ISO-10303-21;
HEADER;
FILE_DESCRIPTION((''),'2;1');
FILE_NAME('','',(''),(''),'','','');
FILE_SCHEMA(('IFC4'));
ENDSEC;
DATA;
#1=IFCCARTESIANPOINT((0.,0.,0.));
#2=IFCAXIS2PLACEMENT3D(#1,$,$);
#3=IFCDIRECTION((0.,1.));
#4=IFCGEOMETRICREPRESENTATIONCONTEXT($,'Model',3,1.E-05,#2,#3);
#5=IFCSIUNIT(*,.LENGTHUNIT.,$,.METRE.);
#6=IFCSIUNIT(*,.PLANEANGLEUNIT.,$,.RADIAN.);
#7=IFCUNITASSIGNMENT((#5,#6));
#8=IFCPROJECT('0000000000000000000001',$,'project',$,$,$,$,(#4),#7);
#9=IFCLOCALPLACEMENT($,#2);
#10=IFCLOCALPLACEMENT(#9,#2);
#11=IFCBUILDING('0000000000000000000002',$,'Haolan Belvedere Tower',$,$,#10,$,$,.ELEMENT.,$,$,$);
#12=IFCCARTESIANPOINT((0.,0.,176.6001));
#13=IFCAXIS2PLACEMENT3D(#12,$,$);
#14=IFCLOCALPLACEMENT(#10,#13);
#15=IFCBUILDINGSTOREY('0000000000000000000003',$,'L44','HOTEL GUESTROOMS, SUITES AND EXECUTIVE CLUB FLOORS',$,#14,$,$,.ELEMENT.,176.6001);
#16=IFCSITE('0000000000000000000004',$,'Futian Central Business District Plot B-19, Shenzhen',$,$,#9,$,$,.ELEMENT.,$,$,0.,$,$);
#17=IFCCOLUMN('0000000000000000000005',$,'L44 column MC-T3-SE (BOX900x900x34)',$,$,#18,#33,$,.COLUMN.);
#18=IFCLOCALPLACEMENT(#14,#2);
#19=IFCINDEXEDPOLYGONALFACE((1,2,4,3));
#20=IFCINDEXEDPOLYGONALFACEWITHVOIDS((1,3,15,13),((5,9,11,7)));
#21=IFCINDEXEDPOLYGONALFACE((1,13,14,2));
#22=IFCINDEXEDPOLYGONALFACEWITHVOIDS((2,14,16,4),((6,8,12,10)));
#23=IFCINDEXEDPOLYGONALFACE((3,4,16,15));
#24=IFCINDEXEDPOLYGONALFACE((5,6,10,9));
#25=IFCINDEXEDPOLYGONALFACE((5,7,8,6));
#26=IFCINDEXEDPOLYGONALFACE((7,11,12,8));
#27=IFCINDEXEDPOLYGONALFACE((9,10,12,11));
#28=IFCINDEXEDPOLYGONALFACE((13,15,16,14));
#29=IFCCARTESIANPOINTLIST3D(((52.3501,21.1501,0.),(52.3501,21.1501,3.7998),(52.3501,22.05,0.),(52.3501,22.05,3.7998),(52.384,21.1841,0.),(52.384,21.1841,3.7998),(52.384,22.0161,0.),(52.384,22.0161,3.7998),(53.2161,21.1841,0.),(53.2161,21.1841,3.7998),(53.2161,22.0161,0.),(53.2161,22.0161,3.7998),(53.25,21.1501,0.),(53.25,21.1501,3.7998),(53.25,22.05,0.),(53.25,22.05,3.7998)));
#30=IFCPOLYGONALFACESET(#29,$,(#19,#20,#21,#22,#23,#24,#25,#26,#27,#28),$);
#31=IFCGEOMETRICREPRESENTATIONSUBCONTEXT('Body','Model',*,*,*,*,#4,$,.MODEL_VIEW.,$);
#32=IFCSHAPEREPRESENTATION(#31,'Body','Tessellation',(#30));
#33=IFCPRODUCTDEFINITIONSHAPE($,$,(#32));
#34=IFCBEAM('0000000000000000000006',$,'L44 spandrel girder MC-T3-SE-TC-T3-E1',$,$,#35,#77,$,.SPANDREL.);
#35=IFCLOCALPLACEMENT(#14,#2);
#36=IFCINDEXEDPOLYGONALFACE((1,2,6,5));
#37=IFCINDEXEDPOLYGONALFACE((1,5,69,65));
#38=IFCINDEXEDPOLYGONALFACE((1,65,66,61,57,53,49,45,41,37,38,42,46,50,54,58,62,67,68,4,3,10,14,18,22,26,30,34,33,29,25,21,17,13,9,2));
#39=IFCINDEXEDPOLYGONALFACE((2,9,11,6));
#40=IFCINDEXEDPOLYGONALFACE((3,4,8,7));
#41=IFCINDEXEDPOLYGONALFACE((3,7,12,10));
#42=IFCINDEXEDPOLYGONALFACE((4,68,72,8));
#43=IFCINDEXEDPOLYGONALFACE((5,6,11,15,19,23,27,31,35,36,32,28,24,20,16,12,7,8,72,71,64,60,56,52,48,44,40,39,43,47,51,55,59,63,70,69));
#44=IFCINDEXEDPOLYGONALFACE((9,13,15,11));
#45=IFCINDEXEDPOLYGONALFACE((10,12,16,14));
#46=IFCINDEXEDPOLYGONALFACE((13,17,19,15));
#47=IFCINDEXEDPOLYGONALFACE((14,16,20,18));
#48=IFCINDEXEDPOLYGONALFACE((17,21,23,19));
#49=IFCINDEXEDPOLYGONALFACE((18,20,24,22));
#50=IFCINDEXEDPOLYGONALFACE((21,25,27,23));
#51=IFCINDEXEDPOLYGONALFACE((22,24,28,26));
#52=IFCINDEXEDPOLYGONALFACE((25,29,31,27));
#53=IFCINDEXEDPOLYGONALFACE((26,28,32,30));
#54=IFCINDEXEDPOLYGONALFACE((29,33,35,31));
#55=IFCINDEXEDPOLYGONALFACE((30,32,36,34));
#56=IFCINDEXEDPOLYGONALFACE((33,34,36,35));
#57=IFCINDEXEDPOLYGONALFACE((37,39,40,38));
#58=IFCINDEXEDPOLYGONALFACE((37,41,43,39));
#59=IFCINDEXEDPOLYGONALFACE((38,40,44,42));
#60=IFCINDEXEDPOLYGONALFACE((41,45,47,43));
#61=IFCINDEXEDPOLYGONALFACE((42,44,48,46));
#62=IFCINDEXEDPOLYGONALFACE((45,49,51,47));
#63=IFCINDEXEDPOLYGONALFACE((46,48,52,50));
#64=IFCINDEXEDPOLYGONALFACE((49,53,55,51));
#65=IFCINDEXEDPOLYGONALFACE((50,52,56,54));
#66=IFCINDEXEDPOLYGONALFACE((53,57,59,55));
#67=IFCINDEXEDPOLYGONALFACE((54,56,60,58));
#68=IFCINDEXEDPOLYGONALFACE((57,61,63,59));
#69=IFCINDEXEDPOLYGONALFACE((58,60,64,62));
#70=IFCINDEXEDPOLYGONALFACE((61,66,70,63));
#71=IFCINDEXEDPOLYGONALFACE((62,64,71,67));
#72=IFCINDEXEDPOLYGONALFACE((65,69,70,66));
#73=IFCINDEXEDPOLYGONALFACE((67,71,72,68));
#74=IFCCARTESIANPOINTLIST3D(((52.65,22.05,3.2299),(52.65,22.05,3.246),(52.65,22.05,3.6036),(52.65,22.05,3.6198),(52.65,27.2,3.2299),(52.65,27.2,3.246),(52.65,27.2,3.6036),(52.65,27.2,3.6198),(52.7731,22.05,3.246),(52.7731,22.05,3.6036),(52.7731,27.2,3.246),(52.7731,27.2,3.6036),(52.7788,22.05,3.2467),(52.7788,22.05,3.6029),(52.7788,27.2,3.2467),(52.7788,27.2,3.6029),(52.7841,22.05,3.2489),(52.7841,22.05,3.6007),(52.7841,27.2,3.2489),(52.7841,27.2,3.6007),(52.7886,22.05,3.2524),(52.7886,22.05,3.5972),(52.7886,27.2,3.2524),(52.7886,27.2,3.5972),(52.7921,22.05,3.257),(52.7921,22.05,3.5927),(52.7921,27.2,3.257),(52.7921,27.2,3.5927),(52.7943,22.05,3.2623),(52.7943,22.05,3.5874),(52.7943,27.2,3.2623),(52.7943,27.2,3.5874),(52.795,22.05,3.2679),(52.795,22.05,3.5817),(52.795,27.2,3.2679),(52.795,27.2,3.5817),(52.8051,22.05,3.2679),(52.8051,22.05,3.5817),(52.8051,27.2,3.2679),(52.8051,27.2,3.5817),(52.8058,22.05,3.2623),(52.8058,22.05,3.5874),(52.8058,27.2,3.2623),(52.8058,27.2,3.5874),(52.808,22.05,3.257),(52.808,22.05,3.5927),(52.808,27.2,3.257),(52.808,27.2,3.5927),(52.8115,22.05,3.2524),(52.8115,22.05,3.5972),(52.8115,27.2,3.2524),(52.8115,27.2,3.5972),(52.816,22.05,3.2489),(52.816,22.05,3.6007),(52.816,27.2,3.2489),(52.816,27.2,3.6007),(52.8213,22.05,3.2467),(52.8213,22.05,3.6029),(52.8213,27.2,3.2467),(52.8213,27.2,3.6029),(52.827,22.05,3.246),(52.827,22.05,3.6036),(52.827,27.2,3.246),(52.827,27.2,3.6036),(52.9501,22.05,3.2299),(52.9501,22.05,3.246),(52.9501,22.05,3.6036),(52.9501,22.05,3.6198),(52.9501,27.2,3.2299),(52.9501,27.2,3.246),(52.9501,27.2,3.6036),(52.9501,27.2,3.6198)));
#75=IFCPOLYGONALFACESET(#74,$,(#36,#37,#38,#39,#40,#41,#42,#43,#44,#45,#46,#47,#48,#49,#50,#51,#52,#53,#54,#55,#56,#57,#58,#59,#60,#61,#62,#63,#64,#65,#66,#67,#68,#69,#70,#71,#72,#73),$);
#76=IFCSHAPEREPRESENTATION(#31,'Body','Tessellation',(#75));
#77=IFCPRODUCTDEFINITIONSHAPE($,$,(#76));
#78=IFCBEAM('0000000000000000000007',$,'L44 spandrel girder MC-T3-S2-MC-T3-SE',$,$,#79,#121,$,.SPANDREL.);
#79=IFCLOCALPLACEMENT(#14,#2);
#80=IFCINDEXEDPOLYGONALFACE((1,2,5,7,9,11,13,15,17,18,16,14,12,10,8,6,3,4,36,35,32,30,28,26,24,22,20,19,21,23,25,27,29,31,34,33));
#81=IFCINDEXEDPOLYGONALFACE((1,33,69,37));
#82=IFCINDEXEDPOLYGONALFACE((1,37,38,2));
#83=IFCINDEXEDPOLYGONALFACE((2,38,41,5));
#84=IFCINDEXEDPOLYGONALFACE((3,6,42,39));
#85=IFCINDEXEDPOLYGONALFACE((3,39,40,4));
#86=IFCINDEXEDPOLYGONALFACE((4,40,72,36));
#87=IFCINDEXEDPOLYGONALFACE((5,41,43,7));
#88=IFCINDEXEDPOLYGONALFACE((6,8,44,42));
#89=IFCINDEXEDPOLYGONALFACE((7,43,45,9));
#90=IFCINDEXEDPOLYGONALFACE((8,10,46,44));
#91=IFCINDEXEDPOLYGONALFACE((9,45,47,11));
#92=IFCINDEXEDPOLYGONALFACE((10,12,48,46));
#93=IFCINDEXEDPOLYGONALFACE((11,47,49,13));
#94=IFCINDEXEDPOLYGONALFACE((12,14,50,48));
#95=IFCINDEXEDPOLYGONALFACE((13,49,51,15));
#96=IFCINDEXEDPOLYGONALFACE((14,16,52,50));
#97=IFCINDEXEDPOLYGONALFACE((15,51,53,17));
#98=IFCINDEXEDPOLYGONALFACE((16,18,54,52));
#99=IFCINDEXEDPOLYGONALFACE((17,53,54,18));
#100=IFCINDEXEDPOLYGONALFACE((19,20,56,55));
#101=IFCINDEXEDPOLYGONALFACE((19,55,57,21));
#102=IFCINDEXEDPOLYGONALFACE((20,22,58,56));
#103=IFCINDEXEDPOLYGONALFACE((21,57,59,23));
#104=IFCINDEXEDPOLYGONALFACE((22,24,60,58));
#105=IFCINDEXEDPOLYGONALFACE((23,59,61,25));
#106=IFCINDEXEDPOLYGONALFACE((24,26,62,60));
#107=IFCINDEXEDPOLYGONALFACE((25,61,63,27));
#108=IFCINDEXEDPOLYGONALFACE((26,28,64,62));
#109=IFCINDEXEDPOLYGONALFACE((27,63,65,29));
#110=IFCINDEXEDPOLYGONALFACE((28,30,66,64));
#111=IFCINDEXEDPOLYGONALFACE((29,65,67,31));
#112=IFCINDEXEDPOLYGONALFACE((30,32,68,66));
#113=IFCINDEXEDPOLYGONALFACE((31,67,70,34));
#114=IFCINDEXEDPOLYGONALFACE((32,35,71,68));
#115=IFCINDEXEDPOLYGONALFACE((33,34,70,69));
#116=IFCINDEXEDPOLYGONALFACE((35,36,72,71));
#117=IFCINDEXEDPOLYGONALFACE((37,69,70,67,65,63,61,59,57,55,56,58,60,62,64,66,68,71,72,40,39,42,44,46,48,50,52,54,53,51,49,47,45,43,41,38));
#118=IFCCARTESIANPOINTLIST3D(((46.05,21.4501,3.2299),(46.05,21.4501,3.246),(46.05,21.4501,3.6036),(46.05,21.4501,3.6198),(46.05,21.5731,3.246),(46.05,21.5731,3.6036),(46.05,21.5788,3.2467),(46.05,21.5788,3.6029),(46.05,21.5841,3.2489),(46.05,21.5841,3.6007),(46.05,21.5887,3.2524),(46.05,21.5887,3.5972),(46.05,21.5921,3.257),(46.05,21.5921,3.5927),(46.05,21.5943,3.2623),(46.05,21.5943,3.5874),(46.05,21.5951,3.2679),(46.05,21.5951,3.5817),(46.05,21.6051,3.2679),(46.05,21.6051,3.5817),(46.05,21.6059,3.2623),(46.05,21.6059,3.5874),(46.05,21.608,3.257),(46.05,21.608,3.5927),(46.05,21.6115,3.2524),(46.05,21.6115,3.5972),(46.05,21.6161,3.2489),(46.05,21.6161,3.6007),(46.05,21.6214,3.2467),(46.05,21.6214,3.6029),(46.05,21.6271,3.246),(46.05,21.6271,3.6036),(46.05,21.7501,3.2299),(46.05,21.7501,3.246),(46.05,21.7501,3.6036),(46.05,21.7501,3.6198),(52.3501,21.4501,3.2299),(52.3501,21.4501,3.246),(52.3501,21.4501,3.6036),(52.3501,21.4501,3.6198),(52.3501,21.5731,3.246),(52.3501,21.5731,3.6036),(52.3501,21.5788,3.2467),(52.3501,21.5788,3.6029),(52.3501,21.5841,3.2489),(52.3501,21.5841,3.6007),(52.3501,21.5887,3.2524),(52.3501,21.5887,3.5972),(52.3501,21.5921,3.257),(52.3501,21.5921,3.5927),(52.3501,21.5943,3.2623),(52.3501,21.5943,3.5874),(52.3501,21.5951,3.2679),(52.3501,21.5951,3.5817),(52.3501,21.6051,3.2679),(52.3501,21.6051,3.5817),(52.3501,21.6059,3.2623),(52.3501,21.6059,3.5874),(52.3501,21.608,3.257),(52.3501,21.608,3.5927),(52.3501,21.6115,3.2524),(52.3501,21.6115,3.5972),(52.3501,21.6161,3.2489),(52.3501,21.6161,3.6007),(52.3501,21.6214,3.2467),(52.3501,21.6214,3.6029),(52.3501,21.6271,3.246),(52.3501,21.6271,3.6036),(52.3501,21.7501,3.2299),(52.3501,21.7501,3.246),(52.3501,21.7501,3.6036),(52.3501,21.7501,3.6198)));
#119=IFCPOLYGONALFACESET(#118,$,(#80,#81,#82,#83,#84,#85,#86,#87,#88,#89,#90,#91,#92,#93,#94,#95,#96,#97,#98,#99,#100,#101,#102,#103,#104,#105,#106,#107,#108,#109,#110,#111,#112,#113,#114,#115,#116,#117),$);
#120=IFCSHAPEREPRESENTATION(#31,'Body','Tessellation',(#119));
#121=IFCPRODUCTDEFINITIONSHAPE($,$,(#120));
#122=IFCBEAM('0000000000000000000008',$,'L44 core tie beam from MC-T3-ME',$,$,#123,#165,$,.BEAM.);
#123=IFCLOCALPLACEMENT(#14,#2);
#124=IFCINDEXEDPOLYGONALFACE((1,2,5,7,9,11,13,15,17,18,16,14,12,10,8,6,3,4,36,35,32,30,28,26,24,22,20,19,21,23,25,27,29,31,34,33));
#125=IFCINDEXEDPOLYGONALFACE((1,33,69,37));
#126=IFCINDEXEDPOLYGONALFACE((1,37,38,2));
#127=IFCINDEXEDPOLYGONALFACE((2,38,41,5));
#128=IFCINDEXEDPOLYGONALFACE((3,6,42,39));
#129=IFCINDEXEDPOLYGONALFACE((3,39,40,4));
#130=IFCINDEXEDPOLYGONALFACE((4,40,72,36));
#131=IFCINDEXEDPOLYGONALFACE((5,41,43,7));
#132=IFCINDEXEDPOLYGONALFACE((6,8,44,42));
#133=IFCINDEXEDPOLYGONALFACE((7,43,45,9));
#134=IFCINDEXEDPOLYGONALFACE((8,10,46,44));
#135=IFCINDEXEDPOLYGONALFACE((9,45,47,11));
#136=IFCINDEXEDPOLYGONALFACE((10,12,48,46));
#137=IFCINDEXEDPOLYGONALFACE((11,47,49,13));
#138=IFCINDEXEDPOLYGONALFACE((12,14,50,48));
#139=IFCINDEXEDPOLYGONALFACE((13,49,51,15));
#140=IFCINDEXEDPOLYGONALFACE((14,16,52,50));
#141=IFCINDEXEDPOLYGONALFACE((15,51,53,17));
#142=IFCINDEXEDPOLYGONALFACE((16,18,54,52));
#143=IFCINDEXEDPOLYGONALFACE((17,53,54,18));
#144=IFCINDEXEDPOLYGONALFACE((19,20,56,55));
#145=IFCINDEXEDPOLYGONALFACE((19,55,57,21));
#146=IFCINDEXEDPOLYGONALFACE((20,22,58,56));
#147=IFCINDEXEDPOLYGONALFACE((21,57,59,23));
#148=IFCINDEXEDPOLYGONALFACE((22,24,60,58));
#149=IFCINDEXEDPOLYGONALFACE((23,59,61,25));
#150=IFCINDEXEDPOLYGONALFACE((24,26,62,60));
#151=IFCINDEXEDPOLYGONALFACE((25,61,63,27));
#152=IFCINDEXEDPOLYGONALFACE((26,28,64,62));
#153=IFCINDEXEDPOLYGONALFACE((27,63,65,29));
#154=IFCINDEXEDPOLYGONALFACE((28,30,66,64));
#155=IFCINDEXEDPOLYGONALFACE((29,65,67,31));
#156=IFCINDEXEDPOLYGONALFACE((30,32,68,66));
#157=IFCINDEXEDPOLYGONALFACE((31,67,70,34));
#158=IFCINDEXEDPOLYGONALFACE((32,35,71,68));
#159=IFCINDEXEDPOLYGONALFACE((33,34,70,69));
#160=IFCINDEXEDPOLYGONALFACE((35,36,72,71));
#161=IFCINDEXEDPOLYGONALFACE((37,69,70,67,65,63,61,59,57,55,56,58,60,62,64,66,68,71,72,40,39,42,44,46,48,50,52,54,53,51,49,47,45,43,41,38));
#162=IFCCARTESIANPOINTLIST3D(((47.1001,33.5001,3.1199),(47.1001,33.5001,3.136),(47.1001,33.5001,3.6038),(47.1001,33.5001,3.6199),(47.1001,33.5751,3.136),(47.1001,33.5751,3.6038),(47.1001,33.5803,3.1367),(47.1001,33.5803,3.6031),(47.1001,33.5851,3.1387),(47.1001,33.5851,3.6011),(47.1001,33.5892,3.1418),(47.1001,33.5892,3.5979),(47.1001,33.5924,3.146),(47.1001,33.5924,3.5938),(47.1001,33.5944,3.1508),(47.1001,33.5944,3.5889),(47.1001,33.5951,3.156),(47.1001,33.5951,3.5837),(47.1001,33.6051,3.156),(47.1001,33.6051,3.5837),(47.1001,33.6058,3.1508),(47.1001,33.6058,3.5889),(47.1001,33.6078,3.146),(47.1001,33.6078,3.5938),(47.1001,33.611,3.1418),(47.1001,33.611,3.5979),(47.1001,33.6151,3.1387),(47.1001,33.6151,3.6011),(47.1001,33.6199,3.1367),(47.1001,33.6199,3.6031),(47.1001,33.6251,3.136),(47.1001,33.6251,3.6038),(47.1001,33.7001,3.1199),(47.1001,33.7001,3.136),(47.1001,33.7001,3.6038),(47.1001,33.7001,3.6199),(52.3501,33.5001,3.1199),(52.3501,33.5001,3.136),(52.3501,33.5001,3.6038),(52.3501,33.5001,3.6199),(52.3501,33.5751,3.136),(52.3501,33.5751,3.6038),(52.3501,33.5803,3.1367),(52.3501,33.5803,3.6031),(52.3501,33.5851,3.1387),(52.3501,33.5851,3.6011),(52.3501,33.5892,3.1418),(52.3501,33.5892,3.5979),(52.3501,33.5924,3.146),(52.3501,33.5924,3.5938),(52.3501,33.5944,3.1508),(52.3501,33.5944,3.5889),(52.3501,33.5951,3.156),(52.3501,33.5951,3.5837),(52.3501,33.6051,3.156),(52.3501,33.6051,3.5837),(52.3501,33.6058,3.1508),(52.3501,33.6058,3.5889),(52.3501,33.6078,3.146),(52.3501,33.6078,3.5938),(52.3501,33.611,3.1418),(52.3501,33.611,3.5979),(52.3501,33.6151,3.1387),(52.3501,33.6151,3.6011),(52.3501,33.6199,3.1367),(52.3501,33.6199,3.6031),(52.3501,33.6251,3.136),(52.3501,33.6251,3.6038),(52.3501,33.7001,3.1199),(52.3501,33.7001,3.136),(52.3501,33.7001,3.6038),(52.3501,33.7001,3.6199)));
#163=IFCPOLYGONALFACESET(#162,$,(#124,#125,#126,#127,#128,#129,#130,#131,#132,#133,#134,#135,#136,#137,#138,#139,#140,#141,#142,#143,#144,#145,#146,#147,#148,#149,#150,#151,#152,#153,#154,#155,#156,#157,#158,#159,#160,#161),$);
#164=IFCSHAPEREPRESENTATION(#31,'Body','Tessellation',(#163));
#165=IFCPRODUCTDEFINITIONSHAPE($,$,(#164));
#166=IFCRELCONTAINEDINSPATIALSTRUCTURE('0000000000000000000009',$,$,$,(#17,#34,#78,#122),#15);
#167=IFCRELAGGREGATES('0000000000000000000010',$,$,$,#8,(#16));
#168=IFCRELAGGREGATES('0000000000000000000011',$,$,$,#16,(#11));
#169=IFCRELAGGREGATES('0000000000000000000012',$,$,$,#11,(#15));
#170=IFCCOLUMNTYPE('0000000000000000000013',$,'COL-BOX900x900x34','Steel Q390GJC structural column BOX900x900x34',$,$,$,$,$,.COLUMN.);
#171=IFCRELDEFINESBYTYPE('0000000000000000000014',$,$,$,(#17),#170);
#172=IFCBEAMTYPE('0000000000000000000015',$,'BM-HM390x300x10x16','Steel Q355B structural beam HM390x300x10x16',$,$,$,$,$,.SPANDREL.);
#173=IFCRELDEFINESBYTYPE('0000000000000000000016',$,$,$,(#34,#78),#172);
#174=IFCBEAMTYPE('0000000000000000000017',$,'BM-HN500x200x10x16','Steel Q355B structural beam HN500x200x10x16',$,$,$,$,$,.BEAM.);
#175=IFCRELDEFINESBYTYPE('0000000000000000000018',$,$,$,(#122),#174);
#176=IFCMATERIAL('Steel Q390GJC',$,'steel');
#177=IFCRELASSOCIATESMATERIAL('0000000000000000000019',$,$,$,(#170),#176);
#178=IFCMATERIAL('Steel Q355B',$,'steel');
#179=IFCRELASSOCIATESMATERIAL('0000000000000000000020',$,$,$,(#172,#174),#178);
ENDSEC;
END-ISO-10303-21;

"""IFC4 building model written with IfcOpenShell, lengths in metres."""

from ifc_helpers import new_model, si_unit, direction, frame, origin, origin_2d, place, context, subcontext, project, spatial, hollow_rectangle, i_section, extrude, material, material_profile, profile_set, type_object, element, save


model = new_model("IFC4")

# Units and contexts
model_context = context("Model", 3, precision=1e-05, world=origin(), true_north=direction((0.0, 1.0)))
body_context = subcontext(model_context, "Body", "Model", "MODEL_VIEW")
ifc_project = project(units=[si_unit("LENGTHUNIT", "METRE"), si_unit("PLANEANGLEUNIT", "RADIAN")], contexts=[model_context])

# Site, building, storey
site_placement = place(None, origin())
site = spatial("IfcSite", under=ifc_project, at=site_placement, Name="Futian Central Business District Plot B-19, Shenzhen", CompositionType="ELEMENT", RefElevation=0.0)
building_placement = place(site_placement, origin())
building = spatial("IfcBuilding", under=site, at=building_placement, Name="Haolan Belvedere Tower", CompositionType="ELEMENT")
storey_placement = place(building_placement, frame((0.0, 0.0, 176.6001)))
storey = spatial("IfcBuildingStorey", under=building, at=storey_placement, Name="L44", Description="HOTEL GUESTROOMS, SUITES AND EXECUTIVE CLUB FLOORS", CompositionType="ELEMENT", Elevation=176.6001)

# Column
ifc_material_1 = material(Name="Steel Q390GJC", Category="steel")
ifc_material_profile_1 = material_profile(ifc_material_1, hollow_rectangle(XDim=0.8999, YDim=0.8999, WallThickness=0.0339, at=origin_2d()), Name="Steel Q390GJC")
ifc_profile_set_1 = profile_set([ifc_material_profile_1], Name="Steel Q390GJC")
column_type = type_object("IfcColumnType", Name="COL-BOX900x900x34", Description="Steel Q390GJC structural column BOX900x900x34", PredefinedType="COLUMN", material=ifc_profile_set_1)
column_placement = place(storey_placement, frame((52.8, 21.6001, 0.0), z_axis=(0.0, 0.0, 1.0), x_axis=(1.0, 0.0, 0.0)))
element("IfcColumn", 1, at=column_placement, inside=storey, type_object=column_type, Name="L44 column MC-T3-SE (BOX900x900x34)", PredefinedType="COLUMN", context=body_context, shape_type="SweptSolid", body=[
    extrude(hollow_rectangle(XDim=0.8999, YDim=0.8999, WallThickness=0.0339, at=origin_2d()), origin(), (0.0, 0.0, 1.0), 3.7998),
])

# Beams
ifc_material_2 = material(Name="Steel Q355B", Category="steel")
ifc_material_profile_2 = material_profile(ifc_material_2, i_section(OverallWidth=0.3, OverallDepth=0.3899, WebThickness=0.01, FlangeThickness=0.0161, FilletRadius=0.022, at=origin_2d()), Name="Steel Q355B")
ifc_profile_set_2 = profile_set([ifc_material_profile_2], Name="Steel Q355B")
beam_type_1 = type_object("IfcBeamType", Name="BM-HM390x300x10x16", Description="Steel Q355B structural beam HM390x300x10x16", PredefinedType="SPANDREL", material=ifc_profile_set_2)
beam_1_placement = place(storey_placement, frame((52.8, 22.05, 3.4248), z_axis=(0.0, 1.0, 0.0), x_axis=(-1.0, 0.0, 0.0)))
element("IfcBeam", 2, at=beam_1_placement, inside=storey, type_object=beam_type_1, Name="L44 spandrel girder MC-T3-SE-TC-T3-E1", PredefinedType="SPANDREL", context=body_context, shape_type="SweptSolid", body=[
    extrude(i_section(OverallWidth=0.3, OverallDepth=0.3899, WebThickness=0.01, FlangeThickness=0.0161, FilletRadius=0.022, at=origin_2d()), origin(), (0.0, 0.0, 1.0), 5.1499),
])
beam_2_placement = place(storey_placement, frame((46.05, 21.6001, 3.4248), z_axis=(1.0, 0.0, 0.0), x_axis=(0.0, 1.0, 0.0)))
element("IfcBeam", 3, at=beam_2_placement, inside=storey, type_object=beam_type_1, Name="L44 spandrel girder MC-T3-S2-MC-T3-SE", PredefinedType="SPANDREL", context=body_context, shape_type="SweptSolid", body=[
    extrude(i_section(OverallWidth=0.3, OverallDepth=0.3899, WebThickness=0.01, FlangeThickness=0.0161, FilletRadius=0.022, at=origin_2d()), origin(), (0.0, 0.0, 1.0), 6.3),
])
ifc_material_profile_3 = material_profile(ifc_material_2, i_section(OverallWidth=0.2, OverallDepth=0.5, WebThickness=0.01, FlangeThickness=0.0161, FilletRadius=0.02, at=origin_2d()), Name="Steel Q355B")
ifc_profile_set_3 = profile_set([ifc_material_profile_3], Name="Steel Q355B")
beam_type_2 = type_object("IfcBeamType", Name="BM-HN500x200x10x16", Description="Steel Q355B structural beam HN500x200x10x16", PredefinedType="BEAM", material=ifc_profile_set_3)
beam_3_placement = place(storey_placement, frame((52.3501, 33.6001, 3.3699), z_axis=(-1.0, 0.0, 0.0), x_axis=(0.0, -1.0, 0.0)))
element("IfcBeam", 4, at=beam_3_placement, inside=storey, type_object=beam_type_2, Name="L44 core tie beam from MC-T3-ME", PredefinedType="BEAM", context=body_context, shape_type="SweptSolid", body=[
    extrude(i_section(OverallWidth=0.2, OverallDepth=0.5, WebThickness=0.01, FlangeThickness=0.0161, FilletRadius=0.02, at=origin_2d()), origin(), (0.0, 0.0, 1.0), 5.25),
])

save(model, "model.ifc")
